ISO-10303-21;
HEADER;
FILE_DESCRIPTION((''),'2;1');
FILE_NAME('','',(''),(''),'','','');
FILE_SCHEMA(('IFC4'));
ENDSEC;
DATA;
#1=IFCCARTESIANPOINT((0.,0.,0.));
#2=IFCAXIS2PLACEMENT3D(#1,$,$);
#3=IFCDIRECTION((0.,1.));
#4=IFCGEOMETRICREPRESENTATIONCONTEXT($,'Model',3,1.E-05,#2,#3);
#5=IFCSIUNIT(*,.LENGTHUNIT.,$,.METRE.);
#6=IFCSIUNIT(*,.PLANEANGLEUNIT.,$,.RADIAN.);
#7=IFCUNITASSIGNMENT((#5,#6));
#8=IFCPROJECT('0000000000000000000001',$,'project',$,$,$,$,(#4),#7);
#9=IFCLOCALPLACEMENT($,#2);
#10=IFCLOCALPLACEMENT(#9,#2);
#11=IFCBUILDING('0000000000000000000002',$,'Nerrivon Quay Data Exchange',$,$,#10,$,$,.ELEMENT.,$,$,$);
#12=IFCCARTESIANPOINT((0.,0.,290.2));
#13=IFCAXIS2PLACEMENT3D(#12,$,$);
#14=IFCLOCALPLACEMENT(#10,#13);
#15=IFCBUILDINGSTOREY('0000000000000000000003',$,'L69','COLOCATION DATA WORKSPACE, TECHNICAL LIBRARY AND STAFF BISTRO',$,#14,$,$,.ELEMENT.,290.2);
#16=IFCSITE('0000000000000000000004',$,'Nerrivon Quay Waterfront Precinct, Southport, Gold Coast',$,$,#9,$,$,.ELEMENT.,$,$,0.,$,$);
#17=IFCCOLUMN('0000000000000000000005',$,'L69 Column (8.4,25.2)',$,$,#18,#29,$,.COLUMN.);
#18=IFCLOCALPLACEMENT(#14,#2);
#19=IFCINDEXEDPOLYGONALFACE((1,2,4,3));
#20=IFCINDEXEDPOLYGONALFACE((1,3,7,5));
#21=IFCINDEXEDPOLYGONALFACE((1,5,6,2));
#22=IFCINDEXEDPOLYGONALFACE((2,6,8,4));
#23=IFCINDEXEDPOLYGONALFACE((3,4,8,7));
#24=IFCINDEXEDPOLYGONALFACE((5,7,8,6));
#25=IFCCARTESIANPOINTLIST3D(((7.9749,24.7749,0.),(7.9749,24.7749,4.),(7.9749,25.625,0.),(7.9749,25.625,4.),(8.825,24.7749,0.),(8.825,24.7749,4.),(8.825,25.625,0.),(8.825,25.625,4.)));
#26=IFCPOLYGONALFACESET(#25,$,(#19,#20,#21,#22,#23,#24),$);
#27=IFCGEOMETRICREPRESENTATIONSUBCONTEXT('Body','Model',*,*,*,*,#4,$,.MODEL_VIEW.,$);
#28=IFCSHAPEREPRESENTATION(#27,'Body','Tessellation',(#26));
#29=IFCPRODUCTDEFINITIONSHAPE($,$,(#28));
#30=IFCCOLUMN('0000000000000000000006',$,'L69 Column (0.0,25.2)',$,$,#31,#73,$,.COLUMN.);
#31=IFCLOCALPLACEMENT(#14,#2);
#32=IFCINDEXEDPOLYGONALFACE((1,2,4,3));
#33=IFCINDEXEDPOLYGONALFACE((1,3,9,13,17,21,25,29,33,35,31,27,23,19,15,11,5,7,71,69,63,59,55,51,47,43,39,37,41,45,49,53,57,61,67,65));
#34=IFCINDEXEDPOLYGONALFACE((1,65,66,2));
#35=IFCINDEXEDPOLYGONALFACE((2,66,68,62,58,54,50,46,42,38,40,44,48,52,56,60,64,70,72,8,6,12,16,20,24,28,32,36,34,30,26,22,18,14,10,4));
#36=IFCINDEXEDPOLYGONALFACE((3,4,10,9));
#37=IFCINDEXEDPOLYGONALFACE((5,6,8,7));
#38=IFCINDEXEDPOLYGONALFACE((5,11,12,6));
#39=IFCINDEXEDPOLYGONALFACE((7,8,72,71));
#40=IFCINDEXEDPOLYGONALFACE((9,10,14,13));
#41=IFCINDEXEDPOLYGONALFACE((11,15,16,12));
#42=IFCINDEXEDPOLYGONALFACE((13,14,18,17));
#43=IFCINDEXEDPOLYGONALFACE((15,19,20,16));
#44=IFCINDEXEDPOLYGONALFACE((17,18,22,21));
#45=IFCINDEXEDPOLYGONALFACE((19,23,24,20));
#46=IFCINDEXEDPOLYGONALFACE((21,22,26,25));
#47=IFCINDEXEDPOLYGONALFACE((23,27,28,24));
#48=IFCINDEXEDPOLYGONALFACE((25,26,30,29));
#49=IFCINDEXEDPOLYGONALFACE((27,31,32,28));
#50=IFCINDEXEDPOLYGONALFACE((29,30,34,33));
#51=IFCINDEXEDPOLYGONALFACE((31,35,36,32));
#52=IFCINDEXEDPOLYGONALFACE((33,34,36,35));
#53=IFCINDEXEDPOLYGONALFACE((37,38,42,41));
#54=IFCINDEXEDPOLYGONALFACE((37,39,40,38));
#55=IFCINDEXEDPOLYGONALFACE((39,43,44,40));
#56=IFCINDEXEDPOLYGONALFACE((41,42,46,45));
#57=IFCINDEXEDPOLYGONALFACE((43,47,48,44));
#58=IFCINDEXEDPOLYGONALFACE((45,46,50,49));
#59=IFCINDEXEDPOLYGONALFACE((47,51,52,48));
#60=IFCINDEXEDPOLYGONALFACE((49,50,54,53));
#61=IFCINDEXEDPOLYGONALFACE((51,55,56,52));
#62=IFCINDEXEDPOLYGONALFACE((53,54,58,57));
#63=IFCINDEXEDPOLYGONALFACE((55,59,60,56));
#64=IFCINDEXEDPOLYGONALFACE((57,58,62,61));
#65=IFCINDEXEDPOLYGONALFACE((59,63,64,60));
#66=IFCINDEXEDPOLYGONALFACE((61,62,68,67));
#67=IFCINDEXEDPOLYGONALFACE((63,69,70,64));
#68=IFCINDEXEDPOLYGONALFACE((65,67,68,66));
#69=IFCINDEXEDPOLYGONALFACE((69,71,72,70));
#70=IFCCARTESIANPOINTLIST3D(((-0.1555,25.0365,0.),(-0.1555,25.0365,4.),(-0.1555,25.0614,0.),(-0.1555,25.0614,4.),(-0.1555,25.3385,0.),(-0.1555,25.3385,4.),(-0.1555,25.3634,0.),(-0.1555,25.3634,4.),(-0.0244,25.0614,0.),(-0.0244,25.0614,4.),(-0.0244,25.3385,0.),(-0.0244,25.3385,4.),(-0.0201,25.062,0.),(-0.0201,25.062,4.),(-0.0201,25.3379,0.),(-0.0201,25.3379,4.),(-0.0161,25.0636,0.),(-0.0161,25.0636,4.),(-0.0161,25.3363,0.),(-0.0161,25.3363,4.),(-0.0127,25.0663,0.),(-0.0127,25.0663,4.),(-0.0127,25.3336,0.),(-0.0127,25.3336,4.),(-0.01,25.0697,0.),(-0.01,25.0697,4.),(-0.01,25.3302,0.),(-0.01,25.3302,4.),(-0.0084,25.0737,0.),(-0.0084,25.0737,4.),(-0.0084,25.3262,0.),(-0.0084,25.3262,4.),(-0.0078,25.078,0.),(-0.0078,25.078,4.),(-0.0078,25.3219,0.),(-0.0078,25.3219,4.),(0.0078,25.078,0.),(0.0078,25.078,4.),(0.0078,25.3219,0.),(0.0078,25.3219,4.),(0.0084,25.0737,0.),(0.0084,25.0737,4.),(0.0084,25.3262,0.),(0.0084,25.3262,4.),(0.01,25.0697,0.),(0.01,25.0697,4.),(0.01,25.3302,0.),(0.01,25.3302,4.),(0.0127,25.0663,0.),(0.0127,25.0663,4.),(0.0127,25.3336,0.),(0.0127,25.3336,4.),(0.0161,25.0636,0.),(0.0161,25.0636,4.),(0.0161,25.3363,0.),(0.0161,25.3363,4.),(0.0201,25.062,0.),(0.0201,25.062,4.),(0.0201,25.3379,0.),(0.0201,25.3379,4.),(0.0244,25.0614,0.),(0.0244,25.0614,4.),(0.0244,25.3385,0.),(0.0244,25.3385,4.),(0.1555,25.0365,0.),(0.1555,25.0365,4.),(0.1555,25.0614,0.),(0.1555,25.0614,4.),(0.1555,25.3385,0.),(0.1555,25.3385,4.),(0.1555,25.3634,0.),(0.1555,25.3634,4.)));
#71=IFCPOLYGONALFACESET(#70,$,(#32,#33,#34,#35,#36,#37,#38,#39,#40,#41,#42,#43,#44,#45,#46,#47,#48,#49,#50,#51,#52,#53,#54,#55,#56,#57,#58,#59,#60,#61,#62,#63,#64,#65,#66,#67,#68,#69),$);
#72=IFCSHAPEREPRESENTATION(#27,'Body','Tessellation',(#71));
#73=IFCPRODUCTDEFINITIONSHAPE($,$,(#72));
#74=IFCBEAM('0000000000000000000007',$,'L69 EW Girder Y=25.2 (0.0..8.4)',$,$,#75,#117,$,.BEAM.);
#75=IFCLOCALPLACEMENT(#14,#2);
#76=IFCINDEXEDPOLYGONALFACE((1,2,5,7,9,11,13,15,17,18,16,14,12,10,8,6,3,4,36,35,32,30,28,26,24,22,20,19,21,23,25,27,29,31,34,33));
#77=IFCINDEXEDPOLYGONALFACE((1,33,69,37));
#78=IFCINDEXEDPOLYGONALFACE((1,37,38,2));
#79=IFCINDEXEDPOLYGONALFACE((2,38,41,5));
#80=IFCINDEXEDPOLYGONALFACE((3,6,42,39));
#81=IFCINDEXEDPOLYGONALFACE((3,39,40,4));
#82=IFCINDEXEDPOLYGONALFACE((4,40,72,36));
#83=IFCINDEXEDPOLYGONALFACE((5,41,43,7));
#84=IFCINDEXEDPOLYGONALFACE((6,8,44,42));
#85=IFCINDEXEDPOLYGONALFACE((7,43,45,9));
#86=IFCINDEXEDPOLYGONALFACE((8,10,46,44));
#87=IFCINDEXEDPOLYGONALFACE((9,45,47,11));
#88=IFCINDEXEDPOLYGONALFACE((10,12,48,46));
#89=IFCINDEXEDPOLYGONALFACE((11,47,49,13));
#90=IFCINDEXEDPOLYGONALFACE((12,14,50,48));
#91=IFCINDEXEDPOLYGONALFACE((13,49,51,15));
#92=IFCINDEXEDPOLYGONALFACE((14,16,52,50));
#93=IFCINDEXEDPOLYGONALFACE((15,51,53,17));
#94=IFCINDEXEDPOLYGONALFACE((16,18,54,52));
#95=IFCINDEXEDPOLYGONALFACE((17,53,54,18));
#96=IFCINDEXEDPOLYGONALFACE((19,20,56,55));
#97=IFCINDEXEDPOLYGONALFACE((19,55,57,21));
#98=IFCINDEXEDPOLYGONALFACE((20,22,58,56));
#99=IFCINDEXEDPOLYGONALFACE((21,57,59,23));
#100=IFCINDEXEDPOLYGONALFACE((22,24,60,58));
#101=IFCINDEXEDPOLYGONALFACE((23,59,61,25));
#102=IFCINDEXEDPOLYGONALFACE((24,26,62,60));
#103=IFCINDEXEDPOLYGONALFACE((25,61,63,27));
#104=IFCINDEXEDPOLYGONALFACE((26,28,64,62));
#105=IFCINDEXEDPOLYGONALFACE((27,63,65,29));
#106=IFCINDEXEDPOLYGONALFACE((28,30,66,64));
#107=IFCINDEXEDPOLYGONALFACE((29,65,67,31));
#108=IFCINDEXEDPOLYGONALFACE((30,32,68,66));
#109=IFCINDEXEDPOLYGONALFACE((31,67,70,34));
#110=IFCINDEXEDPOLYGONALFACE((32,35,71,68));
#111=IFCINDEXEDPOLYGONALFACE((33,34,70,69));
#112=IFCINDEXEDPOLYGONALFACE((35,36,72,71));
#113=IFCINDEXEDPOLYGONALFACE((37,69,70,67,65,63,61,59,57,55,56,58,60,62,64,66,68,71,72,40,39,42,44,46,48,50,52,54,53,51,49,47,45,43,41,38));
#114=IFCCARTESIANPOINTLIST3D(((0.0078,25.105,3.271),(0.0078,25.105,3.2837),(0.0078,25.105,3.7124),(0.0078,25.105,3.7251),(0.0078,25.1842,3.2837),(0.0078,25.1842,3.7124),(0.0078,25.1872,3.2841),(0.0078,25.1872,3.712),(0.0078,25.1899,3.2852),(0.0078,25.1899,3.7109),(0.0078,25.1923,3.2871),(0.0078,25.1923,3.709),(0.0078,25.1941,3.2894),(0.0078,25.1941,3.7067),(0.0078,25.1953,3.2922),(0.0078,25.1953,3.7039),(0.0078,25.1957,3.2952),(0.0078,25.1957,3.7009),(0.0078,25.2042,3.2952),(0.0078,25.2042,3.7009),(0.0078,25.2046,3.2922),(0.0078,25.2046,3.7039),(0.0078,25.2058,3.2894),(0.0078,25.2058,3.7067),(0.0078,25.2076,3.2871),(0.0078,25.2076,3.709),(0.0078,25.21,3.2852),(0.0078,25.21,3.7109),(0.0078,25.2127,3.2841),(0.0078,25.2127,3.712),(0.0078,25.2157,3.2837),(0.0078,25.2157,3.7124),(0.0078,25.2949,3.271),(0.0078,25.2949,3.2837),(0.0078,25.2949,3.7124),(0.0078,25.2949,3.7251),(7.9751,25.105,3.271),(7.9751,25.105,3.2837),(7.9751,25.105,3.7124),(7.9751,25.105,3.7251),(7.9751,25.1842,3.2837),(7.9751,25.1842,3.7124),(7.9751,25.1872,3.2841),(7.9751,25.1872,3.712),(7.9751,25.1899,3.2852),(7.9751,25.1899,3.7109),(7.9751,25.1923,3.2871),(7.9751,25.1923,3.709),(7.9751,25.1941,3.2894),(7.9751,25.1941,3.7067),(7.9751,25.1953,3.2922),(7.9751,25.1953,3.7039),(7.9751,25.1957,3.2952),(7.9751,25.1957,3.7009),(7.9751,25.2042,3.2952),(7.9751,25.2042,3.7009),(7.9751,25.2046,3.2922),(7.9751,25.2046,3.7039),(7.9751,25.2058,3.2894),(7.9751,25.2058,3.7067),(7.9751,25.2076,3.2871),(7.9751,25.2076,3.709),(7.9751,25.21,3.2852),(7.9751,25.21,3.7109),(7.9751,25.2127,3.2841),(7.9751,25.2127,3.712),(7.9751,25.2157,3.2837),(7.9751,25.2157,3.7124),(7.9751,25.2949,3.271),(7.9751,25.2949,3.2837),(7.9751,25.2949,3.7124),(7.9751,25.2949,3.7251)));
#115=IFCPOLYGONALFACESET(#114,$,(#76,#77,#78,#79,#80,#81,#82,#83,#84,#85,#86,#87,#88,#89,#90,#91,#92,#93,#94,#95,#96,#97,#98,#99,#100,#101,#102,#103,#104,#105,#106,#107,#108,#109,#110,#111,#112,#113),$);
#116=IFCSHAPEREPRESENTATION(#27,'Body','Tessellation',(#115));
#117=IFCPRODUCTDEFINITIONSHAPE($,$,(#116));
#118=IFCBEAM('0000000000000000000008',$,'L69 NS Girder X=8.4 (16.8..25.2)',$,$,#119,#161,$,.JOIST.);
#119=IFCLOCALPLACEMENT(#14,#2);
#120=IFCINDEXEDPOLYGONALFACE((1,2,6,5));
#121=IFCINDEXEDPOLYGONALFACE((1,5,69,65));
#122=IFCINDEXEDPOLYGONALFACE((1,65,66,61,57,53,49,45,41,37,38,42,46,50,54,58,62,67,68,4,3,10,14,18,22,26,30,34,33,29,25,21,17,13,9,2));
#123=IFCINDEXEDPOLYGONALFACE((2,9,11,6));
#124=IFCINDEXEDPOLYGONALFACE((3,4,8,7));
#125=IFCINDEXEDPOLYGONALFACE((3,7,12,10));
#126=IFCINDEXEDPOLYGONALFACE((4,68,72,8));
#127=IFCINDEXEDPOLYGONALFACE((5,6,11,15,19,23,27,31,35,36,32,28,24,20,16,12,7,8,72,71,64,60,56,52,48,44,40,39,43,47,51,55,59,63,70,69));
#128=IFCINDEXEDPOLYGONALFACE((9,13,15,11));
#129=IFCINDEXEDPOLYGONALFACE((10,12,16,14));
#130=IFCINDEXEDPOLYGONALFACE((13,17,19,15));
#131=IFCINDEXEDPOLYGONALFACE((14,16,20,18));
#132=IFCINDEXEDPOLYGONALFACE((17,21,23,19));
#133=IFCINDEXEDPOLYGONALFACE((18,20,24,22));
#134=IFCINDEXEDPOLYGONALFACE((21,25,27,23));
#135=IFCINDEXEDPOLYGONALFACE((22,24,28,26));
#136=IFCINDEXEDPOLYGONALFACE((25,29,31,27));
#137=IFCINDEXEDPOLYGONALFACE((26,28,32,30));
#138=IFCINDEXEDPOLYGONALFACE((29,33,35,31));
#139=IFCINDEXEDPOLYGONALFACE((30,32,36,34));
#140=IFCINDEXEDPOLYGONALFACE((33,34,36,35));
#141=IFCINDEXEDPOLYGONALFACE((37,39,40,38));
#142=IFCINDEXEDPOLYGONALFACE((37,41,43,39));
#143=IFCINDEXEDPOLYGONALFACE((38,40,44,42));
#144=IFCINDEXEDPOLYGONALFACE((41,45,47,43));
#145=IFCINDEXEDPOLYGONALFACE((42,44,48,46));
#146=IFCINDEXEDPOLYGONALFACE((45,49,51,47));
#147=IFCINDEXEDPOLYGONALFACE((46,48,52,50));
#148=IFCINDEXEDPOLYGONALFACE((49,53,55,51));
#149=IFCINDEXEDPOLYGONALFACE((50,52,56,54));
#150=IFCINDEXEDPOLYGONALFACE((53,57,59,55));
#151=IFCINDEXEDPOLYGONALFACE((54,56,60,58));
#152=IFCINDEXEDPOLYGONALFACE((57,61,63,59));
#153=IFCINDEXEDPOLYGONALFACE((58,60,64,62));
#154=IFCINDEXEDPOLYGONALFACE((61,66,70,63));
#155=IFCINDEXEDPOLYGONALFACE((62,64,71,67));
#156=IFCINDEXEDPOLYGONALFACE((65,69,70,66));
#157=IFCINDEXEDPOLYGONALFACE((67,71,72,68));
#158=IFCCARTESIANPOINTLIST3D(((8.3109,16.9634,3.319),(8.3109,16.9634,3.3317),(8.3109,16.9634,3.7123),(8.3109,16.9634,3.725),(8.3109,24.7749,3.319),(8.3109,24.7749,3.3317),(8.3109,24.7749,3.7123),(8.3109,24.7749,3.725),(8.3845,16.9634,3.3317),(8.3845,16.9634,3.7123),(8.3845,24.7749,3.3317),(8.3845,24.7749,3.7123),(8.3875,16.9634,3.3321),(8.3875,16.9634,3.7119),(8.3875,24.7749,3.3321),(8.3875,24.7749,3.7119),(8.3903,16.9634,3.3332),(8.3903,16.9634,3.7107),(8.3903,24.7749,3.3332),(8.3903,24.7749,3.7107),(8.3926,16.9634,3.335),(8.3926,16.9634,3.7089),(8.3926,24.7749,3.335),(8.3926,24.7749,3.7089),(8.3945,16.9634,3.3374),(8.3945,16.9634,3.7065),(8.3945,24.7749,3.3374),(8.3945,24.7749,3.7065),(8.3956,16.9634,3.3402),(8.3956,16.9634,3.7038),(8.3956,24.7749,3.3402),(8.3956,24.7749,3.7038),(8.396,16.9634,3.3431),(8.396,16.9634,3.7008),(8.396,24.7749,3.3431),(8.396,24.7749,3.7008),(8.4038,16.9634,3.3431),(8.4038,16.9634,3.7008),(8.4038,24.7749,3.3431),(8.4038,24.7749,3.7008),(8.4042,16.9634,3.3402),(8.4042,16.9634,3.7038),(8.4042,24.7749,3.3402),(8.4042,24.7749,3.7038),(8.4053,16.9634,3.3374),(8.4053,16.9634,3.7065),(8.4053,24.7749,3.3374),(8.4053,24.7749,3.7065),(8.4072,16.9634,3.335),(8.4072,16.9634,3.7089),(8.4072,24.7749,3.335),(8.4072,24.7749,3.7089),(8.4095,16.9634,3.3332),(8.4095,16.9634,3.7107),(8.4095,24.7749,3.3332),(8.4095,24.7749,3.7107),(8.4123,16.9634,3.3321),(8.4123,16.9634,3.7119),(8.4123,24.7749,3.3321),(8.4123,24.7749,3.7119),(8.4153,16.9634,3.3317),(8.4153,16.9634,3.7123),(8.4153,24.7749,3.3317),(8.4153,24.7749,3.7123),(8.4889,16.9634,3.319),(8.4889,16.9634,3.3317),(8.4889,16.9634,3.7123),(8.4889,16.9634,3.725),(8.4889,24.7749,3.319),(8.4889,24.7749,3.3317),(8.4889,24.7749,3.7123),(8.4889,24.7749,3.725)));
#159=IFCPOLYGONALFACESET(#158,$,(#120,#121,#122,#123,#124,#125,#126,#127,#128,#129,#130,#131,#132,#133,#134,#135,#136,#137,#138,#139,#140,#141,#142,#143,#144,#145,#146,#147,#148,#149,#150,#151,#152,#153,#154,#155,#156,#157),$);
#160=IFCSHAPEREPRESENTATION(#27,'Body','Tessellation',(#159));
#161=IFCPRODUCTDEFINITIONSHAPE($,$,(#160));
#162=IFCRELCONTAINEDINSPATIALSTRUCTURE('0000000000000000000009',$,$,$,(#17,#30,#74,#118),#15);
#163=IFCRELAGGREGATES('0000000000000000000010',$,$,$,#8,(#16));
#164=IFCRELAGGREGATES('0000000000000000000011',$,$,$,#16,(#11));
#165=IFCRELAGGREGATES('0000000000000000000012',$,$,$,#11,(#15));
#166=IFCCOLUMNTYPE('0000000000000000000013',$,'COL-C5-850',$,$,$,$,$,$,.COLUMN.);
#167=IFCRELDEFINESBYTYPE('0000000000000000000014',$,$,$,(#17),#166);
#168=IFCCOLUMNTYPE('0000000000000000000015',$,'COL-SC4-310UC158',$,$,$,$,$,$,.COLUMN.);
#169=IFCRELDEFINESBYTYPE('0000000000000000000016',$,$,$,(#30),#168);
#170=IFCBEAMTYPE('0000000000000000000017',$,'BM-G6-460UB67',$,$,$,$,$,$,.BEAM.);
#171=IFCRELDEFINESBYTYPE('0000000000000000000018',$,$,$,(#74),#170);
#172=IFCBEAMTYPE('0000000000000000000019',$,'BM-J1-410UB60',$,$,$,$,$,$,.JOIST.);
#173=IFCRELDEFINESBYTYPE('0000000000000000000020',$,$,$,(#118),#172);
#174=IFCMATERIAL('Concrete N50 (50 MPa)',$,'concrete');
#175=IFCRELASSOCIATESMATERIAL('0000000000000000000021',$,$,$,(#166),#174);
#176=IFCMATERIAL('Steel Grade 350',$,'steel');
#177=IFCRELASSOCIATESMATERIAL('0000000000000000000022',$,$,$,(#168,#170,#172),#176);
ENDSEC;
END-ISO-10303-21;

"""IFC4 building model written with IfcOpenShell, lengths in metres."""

from ifc_helpers import new_model, si_unit, direction, frame, origin, origin_2d, place, context, subcontext, project, spatial, rectangle, i_section, extrude, material, material_profile, profile_set, type_object, element, save


model = new_model("IFC4")

# Units and contexts
model_context = context("Model", 3, precision=1e-05, world=origin(), true_north=direction((0.0, 1.0)))
body_context = subcontext(model_context, "Body", "Model", "MODEL_VIEW")
ifc_project = project(units=[si_unit("LENGTHUNIT", "METRE"), si_unit("PLANEANGLEUNIT", "RADIAN")], contexts=[model_context])

# Site, building, storey
site_placement = place(None, origin())
site = spatial("IfcSite", under=ifc_project, at=site_placement, Name="Nerrivon Quay Waterfront Precinct, Southport, Gold Coast", CompositionType="ELEMENT", RefElevation=0.0)
building_placement = place(site_placement, origin())
building = spatial("IfcBuilding", under=site, at=building_placement, Name="Nerrivon Quay Data Exchange", CompositionType="ELEMENT")
storey_placement = place(building_placement, frame((0.0, 0.0, 290.2)))
storey = spatial("IfcBuildingStorey", under=building, at=storey_placement, Name="L69", Description="COLOCATION DATA WORKSPACE, TECHNICAL LIBRARY AND STAFF BISTRO", CompositionType="ELEMENT", Elevation=290.2)

# Columns
ifc_material_1 = material(Name="Concrete N50 (50 MPa)", Category="concrete")
ifc_material_profile_1 = material_profile(ifc_material_1, rectangle(XDim=0.8501, YDim=0.8501, at=origin_2d()), Name="RC-COL-850x850")
ifc_profile_set_1 = profile_set([ifc_material_profile_1], Name="Concrete N50 (50 MPa)")
column_type_1 = type_object("IfcColumnType", Name="COL-C5-850", PredefinedType="COLUMN", material=ifc_profile_set_1)
column_1_placement = place(storey_placement, frame((8.3999, 25.2, 0.0), z_axis=(0.0, 0.0, 1.0), x_axis=(1.0, 0.0, 0.0)))
element("IfcColumn", 1, at=column_1_placement, inside=storey, type_object=column_type_1, Name="L69 Column (8.4,25.2)", PredefinedType="COLUMN", context=body_context, shape_type="SweptSolid", body=[
    extrude(rectangle(XDim=0.8501, YDim=0.8501, at=origin_2d()), origin(), (0.0, 0.0, 1.0), 4.0),
])
ifc_material_2 = material(Name="Steel Grade 350", Category="steel")
ifc_material_profile_2 = material_profile(ifc_material_2, i_section(OverallWidth=0.311, OverallDepth=0.3269, WebThickness=0.0156, FlangeThickness=0.0249, FilletRadius=0.0166, at=origin_2d()), Name="310UC158")
ifc_profile_set_2 = profile_set([ifc_material_profile_2], Name="Steel Grade 350")
column_type_2 = type_object("IfcColumnType", Name="COL-SC4-310UC158", PredefinedType="COLUMN", material=ifc_profile_set_2)
column_2_placement = place(storey_placement, frame((0.0, 25.2, 0.0), z_axis=(0.0, 0.0, 1.0), x_axis=(1.0, 0.0, 0.0)))
element("IfcColumn", 2, at=column_2_placement, inside=storey, type_object=column_type_2, Name="L69 Column (0.0,25.2)", PredefinedType="COLUMN", context=body_context, shape_type="SweptSolid", body=[
    extrude(i_section(OverallWidth=0.311, OverallDepth=0.3269, WebThickness=0.0156, FlangeThickness=0.0249, FilletRadius=0.0166, at=origin_2d()), origin(), (0.0, 0.0, 1.0), 4.0),
])

# Beams
ifc_material_profile_3 = material_profile(ifc_material_2, i_section(OverallWidth=0.1899, OverallDepth=0.4541, WebThickness=0.0085, FlangeThickness=0.0127, FilletRadius=0.0115, at=origin_2d()), Name="460UB67.1")
ifc_profile_set_3 = profile_set([ifc_material_profile_3], Name="Steel Grade 350")
beam_type_1 = type_object("IfcBeamType", Name="BM-G6-460UB67", PredefinedType="BEAM", material=ifc_profile_set_3)
beam_1_placement = place(storey_placement, frame((0.0078, 25.2, 3.498), z_axis=(1.0, 0.0, 0.0), x_axis=(0.0, 1.0, 0.0)))
element("IfcBeam", 3, at=beam_1_placement, inside=storey, type_object=beam_type_1, Name="L69 EW Girder Y=25.2 (0.0..8.4)", PredefinedType="BEAM", context=body_context, shape_type="SweptSolid", body=[
    extrude(i_section(OverallWidth=0.1899, OverallDepth=0.4541, WebThickness=0.0085, FlangeThickness=0.0127, FilletRadius=0.0115, at=origin_2d()), origin(), (0.0, 0.0, 1.0), 7.9673),
])
ifc_material_profile_4 = material_profile(ifc_material_2, i_section(OverallWidth=0.178, OverallDepth=0.406, WebThickness=0.0078, FlangeThickness=0.0127, FilletRadius=0.0115, at=origin_2d()), Name="410UB59.7")
ifc_profile_set_4 = profile_set([ifc_material_profile_4], Name="Steel Grade 350")
beam_type_2 = type_object("IfcBeamType", Name="BM-J1-410UB60", PredefinedType="JOIST", material=ifc_profile_set_4)
beam_2_placement = place(storey_placement, frame((8.3999, 16.9634, 3.522), z_axis=(0.0, 1.0, 0.0), x_axis=(-1.0, 0.0, 0.0)))
element("IfcBeam", 4, at=beam_2_placement, inside=storey, type_object=beam_type_2, Name="L69 NS Girder X=8.4 (16.8..25.2)", PredefinedType="JOIST", context=body_context, shape_type="SweptSolid", body=[
    extrude(i_section(OverallWidth=0.178, OverallDepth=0.406, WebThickness=0.0078, FlangeThickness=0.0127, FilletRadius=0.0115, at=origin_2d()), origin(), (0.0, 0.0, 1.0), 7.8115),
])

save(model, "model.ifc")
